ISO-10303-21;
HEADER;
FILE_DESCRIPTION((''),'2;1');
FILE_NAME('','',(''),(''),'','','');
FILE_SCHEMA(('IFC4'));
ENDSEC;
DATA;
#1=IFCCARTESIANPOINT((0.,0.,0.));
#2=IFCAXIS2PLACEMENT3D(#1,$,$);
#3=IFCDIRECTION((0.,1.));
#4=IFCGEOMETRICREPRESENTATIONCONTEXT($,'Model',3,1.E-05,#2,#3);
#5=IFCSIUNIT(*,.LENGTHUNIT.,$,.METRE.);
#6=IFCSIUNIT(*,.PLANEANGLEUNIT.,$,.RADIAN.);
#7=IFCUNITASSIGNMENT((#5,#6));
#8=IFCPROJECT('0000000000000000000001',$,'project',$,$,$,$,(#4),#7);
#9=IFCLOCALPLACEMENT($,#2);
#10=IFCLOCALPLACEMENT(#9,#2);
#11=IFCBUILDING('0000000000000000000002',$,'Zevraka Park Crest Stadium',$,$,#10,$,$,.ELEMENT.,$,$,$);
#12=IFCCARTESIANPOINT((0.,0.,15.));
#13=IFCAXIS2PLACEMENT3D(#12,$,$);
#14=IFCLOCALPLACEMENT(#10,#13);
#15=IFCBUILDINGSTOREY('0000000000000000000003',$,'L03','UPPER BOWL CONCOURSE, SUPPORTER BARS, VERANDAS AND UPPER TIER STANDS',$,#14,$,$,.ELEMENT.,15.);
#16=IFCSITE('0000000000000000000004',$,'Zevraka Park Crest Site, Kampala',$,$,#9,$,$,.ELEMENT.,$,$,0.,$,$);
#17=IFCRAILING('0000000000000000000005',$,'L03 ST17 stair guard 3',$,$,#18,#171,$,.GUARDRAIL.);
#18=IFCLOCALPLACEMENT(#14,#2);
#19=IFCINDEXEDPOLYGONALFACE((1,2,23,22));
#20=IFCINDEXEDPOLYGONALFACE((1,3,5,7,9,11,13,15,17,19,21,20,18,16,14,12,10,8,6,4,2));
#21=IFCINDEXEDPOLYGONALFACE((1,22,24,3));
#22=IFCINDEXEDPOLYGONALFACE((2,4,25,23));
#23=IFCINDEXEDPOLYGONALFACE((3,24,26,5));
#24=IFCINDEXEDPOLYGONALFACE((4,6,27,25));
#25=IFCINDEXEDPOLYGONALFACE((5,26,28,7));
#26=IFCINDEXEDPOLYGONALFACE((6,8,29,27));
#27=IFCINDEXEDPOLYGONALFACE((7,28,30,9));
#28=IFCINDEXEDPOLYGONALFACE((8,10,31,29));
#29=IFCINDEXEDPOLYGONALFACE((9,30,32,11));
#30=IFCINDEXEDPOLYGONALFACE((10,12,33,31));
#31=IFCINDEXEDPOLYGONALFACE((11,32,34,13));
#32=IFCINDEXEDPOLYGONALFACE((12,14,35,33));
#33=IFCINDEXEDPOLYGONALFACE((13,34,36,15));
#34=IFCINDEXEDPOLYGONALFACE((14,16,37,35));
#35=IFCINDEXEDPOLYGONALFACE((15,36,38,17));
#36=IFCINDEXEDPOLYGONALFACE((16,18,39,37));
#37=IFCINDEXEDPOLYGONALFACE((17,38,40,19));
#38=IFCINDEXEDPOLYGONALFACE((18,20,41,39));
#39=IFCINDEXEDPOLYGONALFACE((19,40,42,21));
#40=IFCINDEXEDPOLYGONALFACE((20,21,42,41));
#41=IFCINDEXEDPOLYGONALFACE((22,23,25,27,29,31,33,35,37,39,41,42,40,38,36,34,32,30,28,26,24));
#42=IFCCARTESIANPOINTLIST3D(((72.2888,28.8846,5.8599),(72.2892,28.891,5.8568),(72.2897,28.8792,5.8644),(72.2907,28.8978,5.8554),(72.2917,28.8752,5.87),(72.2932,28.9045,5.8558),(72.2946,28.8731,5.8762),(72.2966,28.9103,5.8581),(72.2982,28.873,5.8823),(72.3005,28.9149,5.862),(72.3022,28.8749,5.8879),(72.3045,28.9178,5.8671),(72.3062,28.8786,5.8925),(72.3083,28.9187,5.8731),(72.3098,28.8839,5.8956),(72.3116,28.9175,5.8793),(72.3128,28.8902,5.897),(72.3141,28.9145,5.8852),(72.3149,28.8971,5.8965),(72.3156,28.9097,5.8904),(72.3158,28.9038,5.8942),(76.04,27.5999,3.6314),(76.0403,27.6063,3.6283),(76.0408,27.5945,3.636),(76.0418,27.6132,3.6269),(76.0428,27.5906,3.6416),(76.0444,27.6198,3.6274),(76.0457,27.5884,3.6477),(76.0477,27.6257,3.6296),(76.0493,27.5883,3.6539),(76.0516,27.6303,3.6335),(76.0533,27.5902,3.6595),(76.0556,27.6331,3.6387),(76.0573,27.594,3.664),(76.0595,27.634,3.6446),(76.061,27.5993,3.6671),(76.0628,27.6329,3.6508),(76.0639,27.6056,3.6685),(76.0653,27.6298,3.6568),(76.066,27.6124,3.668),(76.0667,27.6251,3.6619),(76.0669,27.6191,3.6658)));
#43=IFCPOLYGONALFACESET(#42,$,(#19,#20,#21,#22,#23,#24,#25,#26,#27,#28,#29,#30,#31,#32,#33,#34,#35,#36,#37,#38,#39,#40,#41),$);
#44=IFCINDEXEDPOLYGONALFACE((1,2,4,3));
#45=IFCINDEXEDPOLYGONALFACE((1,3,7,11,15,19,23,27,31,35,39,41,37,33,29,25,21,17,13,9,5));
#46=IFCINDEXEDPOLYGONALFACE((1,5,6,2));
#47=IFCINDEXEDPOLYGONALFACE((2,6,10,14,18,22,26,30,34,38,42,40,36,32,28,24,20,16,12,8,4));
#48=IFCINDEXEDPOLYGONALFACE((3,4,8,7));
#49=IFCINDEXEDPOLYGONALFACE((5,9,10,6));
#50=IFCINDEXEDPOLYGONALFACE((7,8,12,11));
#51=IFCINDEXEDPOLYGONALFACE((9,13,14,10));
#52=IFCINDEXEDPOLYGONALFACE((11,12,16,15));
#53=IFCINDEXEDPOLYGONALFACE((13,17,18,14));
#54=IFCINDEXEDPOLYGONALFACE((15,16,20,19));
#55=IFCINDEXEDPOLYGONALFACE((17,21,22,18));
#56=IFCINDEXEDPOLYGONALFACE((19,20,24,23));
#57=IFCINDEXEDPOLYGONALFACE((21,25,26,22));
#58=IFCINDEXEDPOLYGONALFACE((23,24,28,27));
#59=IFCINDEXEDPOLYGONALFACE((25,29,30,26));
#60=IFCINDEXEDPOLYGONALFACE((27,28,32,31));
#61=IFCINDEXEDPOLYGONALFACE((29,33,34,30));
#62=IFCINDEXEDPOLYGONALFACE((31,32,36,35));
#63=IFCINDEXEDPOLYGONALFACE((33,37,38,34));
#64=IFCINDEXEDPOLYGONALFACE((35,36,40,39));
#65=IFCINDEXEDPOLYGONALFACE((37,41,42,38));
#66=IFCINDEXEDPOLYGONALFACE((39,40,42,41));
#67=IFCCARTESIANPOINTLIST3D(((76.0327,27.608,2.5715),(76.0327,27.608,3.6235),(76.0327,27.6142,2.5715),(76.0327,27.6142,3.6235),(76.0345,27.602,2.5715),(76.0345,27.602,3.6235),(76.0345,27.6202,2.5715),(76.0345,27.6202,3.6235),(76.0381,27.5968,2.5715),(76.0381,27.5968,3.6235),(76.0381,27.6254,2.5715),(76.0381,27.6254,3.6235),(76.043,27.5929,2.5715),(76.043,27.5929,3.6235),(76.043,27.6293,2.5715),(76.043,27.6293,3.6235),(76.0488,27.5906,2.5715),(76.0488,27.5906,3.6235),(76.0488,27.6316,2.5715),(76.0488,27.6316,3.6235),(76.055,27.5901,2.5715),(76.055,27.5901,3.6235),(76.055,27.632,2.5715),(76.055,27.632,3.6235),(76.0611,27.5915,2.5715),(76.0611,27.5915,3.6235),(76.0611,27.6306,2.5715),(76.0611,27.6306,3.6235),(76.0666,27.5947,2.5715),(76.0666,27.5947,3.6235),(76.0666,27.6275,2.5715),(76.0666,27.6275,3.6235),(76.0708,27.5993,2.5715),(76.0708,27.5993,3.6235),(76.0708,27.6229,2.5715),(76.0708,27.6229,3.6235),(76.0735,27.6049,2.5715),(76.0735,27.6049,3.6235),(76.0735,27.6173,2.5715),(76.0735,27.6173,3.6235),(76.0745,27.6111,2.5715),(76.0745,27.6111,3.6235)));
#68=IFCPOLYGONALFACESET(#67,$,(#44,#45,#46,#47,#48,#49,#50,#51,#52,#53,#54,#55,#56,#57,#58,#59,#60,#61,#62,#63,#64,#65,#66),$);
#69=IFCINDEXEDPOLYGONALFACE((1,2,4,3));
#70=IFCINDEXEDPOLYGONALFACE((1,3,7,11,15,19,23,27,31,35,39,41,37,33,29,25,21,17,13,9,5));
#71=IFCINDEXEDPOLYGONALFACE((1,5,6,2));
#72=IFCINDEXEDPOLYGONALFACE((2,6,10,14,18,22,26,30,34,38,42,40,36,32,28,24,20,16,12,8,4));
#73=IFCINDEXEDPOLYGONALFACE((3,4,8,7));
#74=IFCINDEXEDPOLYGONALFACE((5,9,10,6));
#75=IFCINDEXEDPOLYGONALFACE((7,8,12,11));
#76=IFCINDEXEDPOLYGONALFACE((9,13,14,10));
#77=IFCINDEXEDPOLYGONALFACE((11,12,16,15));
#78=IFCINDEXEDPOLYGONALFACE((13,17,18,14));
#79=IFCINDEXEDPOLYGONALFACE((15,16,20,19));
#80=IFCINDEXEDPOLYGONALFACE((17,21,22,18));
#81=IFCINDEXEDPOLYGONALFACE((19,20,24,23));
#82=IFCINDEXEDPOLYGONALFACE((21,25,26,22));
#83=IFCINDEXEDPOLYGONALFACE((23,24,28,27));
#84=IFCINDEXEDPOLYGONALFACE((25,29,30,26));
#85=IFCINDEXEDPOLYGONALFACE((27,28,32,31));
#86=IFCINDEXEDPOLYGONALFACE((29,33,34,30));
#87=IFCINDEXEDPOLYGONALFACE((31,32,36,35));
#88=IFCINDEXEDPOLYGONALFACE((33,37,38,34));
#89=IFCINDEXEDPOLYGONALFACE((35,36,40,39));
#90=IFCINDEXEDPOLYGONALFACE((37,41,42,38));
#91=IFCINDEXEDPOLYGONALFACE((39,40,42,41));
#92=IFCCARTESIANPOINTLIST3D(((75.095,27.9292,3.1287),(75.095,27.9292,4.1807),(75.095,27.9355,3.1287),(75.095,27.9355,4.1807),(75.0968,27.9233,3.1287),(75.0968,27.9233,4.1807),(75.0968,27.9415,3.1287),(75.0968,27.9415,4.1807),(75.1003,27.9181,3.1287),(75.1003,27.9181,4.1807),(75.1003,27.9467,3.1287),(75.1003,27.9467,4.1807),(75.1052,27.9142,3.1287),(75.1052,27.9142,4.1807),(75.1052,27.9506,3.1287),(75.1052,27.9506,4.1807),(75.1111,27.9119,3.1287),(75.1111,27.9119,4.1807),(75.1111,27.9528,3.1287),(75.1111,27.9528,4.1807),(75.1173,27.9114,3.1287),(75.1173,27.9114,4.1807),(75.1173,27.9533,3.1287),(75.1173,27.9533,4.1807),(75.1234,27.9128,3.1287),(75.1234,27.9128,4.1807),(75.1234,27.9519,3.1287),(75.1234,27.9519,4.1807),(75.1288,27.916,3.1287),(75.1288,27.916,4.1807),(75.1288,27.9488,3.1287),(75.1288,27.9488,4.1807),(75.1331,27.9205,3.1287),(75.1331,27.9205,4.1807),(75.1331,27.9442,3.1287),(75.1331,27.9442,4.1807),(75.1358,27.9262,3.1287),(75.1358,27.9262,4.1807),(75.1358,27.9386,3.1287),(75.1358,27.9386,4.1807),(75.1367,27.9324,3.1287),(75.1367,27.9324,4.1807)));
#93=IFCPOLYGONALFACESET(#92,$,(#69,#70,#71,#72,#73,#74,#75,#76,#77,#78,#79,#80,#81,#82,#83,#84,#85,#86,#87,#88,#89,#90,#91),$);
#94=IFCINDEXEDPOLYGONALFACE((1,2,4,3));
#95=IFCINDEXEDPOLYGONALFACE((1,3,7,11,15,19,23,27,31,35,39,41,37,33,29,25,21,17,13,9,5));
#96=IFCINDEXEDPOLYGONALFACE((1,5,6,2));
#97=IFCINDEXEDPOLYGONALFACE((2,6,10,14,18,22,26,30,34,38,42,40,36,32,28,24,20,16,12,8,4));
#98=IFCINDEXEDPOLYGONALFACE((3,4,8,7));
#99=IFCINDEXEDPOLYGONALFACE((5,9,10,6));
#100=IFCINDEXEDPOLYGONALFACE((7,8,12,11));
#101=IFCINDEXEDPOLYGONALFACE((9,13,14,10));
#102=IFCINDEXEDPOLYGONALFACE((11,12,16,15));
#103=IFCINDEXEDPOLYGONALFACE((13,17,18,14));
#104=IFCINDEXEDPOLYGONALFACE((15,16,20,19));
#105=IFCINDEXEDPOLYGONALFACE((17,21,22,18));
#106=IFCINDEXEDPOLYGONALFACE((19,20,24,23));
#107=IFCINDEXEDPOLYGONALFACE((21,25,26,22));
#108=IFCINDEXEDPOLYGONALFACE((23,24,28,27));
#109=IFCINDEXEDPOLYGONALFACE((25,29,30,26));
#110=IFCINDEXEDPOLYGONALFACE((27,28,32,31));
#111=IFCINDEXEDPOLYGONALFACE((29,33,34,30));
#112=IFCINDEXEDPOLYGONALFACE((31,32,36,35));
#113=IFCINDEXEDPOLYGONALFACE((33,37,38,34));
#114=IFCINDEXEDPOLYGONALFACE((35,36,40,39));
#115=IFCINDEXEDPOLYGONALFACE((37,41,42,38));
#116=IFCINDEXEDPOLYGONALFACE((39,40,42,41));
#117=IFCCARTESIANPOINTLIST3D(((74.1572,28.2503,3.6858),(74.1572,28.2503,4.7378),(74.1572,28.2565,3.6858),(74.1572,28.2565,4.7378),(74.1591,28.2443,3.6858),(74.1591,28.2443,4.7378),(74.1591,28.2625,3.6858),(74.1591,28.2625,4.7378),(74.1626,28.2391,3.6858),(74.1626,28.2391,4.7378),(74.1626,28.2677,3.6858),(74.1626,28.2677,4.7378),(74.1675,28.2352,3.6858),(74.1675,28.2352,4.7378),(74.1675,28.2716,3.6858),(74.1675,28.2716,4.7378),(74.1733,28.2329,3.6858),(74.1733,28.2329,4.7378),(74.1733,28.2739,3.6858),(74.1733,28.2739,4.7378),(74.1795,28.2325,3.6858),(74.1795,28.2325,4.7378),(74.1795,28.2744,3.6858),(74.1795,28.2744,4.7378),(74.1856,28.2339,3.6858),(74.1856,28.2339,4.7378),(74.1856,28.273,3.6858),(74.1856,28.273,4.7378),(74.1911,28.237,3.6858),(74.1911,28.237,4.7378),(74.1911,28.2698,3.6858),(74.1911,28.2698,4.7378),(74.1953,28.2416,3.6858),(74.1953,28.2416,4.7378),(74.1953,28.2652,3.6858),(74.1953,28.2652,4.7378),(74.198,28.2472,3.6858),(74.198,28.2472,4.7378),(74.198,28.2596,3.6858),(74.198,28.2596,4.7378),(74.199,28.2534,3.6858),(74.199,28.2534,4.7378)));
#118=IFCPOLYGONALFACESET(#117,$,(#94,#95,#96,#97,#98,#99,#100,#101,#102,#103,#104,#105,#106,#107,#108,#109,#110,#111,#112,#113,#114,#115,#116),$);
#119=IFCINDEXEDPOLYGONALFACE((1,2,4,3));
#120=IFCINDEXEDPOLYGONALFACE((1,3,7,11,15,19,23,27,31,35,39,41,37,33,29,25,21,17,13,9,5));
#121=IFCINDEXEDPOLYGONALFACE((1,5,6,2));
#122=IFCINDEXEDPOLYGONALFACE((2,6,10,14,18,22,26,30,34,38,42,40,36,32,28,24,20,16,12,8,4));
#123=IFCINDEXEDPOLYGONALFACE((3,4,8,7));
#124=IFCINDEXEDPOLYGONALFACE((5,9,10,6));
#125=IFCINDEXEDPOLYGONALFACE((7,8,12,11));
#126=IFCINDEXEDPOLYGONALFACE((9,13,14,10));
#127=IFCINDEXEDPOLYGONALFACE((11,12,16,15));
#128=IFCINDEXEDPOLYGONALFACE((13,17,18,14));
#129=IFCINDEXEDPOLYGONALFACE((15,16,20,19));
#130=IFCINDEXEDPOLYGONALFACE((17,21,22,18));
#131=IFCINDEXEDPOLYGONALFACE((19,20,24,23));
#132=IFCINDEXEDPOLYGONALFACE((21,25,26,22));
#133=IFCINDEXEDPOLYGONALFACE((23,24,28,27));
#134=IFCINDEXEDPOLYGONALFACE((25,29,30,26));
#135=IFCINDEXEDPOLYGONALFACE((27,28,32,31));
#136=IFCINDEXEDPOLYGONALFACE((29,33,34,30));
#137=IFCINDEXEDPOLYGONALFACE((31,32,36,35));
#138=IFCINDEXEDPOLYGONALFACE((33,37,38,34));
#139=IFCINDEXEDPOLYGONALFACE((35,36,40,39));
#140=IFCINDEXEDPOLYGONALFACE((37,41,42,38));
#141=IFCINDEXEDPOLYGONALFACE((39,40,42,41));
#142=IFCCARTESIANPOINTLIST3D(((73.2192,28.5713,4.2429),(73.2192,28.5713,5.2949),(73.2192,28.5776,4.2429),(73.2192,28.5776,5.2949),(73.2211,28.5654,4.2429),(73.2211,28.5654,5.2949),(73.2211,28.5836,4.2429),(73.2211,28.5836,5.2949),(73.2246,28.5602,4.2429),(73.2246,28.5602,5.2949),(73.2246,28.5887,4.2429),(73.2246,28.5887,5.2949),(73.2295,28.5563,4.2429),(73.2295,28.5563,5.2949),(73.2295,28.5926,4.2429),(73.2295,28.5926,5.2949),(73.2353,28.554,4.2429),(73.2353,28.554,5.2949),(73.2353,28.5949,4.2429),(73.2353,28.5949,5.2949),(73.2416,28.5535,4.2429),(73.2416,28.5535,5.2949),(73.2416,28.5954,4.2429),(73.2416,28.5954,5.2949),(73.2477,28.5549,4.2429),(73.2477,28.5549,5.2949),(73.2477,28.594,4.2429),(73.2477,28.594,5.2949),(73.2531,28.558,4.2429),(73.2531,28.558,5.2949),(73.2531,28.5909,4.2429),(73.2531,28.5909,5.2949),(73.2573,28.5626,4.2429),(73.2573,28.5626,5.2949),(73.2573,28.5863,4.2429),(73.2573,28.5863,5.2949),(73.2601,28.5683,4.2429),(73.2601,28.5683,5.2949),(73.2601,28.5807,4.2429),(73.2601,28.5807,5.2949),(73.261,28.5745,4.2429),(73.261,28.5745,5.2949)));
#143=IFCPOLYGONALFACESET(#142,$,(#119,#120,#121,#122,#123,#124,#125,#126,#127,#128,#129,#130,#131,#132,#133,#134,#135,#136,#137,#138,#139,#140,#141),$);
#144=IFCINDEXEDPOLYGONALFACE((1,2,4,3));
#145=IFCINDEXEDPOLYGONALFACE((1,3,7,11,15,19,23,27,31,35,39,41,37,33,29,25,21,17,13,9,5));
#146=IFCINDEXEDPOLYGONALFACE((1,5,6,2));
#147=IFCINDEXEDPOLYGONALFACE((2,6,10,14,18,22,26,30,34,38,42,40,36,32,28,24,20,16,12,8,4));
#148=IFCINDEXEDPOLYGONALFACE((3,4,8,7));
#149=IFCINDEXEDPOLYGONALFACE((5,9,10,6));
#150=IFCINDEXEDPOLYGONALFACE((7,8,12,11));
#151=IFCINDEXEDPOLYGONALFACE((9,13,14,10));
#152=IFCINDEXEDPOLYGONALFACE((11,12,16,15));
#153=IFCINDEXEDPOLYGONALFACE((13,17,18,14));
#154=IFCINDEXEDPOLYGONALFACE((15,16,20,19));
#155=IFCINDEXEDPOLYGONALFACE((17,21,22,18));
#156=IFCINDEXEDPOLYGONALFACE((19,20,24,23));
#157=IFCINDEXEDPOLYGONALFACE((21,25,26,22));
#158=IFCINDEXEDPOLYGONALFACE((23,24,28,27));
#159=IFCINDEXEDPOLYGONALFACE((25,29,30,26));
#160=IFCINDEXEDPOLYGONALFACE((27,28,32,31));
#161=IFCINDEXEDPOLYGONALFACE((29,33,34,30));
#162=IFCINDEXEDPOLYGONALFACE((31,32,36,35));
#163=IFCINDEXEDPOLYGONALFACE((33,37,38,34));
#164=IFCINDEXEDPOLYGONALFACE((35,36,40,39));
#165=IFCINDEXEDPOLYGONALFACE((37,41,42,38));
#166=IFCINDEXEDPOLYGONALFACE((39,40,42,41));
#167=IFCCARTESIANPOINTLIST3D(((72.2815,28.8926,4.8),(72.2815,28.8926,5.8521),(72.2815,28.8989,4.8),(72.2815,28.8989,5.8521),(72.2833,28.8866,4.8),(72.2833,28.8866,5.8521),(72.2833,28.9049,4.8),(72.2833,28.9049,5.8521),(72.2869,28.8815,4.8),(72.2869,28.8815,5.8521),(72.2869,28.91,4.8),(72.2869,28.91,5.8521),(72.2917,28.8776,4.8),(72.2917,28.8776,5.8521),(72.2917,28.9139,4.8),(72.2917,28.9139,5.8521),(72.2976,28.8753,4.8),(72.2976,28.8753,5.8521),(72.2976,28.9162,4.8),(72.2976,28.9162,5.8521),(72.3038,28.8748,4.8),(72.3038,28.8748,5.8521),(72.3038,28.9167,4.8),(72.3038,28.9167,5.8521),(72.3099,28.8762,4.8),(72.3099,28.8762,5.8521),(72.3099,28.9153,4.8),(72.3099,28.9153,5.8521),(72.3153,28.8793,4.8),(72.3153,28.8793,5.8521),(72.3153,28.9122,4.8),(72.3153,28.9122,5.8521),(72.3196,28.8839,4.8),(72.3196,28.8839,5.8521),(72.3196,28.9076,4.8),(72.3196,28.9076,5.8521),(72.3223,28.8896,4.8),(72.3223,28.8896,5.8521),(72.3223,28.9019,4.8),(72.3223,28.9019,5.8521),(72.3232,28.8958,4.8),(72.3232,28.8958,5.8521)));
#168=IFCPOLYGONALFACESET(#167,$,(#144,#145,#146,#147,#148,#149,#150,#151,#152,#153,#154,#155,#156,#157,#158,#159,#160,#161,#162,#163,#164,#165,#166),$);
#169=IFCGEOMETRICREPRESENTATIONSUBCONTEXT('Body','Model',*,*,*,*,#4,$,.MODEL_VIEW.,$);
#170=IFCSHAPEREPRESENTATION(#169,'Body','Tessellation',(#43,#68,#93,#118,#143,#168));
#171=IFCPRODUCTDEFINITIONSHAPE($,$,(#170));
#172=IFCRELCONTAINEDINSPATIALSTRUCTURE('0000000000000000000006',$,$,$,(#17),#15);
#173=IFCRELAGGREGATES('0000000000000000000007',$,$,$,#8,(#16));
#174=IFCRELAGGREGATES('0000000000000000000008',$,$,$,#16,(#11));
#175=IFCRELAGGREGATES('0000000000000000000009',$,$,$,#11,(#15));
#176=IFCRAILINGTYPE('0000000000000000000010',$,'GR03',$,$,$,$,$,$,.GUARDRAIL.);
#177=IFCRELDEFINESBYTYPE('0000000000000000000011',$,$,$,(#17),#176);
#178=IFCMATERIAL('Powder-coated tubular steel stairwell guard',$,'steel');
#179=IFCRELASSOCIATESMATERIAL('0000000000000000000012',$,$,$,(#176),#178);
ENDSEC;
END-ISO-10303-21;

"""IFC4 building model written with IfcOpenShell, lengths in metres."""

from ifc_helpers import new_model, si_unit, direction, frame, origin, origin_2d, place, context, subcontext, project, spatial, circle, extrude, material, type_object, element, save


model = new_model("IFC4")

# Units and contexts
model_context = context("Model", 3, precision=1e-05, world=origin(), true_north=direction((0.0, 1.0)))
body_context = subcontext(model_context, "Body", "Model", "MODEL_VIEW")
ifc_project = project(units=[si_unit("LENGTHUNIT", "METRE"), si_unit("PLANEANGLEUNIT", "RADIAN")], contexts=[model_context])

# Site, building, storey
site_placement = place(None, origin())
site = spatial("IfcSite", under=ifc_project, at=site_placement, Name="Zevraka Park Crest Site, Kampala", CompositionType="ELEMENT", RefElevation=0.0)
building_placement = place(site_placement, origin())
building = spatial("IfcBuilding", under=site, at=building_placement, Name="Zevraka Park Crest Stadium", CompositionType="ELEMENT")
storey_placement = place(building_placement, frame((0.0, 0.0, 15.0)))
storey = spatial("IfcBuildingStorey", under=building, at=storey_placement, Name="L03", Description="UPPER BOWL CONCOURSE, SUPPORTER BARS, VERANDAS AND UPPER TIER STANDS", CompositionType="ELEMENT", Elevation=15.0)

# Railing
ifc_material_1 = material(Name="Powder-coated tubular steel stairwell guard", Category="steel")
railing_type_1 = type_object("IfcRailingType", Name="GR03", PredefinedType="GUARDRAIL", material=ifc_material_1)
railing_1_placement = place(storey_placement, frame((76.0535, 27.6111, 2.5715)))
element("IfcRailing", 1, at=railing_1_placement, inside=storey, type_object=railing_type_1, Name="L03 ST17 stair guard 3", PredefinedType="GUARDRAIL", context=body_context, shape_type="SweptSolid", body=[
    extrude(circle(Radius=0.0239, at=origin_2d()), frame((0.0, 0.0, 1.0762), z_axis=(-0.824727, 0.282441, 0.489952), x_axis=(-0.323994, -0.946059, 0.0)), (0.0, 0.0, 1.0), 4.5483),
    extrude(circle(Radius=0.021, at=origin_2d()), origin(), (0.0, 0.0, 1.0), 1.052),
    extrude(circle(Radius=0.021, at=origin_2d()), frame((-0.9377, 0.3213, 0.5571)), (0.0, 0.0, 1.0), 1.052),
    extrude(circle(Radius=0.021, at=origin_2d()), frame((-1.8755, 0.6423, 1.1143)), (0.0, 0.0, 1.0), 1.052),
    extrude(circle(Radius=0.021, at=origin_2d()), frame((-2.8135, 0.9634, 1.6714)), (0.0, 0.0, 1.0), 1.052),
    extrude(circle(Radius=0.021, at=origin_2d()), frame((-3.7512, 1.2847, 2.2285)), (0.0, 0.0, 1.0), 1.052),
])

save(model, "model.ifc")
